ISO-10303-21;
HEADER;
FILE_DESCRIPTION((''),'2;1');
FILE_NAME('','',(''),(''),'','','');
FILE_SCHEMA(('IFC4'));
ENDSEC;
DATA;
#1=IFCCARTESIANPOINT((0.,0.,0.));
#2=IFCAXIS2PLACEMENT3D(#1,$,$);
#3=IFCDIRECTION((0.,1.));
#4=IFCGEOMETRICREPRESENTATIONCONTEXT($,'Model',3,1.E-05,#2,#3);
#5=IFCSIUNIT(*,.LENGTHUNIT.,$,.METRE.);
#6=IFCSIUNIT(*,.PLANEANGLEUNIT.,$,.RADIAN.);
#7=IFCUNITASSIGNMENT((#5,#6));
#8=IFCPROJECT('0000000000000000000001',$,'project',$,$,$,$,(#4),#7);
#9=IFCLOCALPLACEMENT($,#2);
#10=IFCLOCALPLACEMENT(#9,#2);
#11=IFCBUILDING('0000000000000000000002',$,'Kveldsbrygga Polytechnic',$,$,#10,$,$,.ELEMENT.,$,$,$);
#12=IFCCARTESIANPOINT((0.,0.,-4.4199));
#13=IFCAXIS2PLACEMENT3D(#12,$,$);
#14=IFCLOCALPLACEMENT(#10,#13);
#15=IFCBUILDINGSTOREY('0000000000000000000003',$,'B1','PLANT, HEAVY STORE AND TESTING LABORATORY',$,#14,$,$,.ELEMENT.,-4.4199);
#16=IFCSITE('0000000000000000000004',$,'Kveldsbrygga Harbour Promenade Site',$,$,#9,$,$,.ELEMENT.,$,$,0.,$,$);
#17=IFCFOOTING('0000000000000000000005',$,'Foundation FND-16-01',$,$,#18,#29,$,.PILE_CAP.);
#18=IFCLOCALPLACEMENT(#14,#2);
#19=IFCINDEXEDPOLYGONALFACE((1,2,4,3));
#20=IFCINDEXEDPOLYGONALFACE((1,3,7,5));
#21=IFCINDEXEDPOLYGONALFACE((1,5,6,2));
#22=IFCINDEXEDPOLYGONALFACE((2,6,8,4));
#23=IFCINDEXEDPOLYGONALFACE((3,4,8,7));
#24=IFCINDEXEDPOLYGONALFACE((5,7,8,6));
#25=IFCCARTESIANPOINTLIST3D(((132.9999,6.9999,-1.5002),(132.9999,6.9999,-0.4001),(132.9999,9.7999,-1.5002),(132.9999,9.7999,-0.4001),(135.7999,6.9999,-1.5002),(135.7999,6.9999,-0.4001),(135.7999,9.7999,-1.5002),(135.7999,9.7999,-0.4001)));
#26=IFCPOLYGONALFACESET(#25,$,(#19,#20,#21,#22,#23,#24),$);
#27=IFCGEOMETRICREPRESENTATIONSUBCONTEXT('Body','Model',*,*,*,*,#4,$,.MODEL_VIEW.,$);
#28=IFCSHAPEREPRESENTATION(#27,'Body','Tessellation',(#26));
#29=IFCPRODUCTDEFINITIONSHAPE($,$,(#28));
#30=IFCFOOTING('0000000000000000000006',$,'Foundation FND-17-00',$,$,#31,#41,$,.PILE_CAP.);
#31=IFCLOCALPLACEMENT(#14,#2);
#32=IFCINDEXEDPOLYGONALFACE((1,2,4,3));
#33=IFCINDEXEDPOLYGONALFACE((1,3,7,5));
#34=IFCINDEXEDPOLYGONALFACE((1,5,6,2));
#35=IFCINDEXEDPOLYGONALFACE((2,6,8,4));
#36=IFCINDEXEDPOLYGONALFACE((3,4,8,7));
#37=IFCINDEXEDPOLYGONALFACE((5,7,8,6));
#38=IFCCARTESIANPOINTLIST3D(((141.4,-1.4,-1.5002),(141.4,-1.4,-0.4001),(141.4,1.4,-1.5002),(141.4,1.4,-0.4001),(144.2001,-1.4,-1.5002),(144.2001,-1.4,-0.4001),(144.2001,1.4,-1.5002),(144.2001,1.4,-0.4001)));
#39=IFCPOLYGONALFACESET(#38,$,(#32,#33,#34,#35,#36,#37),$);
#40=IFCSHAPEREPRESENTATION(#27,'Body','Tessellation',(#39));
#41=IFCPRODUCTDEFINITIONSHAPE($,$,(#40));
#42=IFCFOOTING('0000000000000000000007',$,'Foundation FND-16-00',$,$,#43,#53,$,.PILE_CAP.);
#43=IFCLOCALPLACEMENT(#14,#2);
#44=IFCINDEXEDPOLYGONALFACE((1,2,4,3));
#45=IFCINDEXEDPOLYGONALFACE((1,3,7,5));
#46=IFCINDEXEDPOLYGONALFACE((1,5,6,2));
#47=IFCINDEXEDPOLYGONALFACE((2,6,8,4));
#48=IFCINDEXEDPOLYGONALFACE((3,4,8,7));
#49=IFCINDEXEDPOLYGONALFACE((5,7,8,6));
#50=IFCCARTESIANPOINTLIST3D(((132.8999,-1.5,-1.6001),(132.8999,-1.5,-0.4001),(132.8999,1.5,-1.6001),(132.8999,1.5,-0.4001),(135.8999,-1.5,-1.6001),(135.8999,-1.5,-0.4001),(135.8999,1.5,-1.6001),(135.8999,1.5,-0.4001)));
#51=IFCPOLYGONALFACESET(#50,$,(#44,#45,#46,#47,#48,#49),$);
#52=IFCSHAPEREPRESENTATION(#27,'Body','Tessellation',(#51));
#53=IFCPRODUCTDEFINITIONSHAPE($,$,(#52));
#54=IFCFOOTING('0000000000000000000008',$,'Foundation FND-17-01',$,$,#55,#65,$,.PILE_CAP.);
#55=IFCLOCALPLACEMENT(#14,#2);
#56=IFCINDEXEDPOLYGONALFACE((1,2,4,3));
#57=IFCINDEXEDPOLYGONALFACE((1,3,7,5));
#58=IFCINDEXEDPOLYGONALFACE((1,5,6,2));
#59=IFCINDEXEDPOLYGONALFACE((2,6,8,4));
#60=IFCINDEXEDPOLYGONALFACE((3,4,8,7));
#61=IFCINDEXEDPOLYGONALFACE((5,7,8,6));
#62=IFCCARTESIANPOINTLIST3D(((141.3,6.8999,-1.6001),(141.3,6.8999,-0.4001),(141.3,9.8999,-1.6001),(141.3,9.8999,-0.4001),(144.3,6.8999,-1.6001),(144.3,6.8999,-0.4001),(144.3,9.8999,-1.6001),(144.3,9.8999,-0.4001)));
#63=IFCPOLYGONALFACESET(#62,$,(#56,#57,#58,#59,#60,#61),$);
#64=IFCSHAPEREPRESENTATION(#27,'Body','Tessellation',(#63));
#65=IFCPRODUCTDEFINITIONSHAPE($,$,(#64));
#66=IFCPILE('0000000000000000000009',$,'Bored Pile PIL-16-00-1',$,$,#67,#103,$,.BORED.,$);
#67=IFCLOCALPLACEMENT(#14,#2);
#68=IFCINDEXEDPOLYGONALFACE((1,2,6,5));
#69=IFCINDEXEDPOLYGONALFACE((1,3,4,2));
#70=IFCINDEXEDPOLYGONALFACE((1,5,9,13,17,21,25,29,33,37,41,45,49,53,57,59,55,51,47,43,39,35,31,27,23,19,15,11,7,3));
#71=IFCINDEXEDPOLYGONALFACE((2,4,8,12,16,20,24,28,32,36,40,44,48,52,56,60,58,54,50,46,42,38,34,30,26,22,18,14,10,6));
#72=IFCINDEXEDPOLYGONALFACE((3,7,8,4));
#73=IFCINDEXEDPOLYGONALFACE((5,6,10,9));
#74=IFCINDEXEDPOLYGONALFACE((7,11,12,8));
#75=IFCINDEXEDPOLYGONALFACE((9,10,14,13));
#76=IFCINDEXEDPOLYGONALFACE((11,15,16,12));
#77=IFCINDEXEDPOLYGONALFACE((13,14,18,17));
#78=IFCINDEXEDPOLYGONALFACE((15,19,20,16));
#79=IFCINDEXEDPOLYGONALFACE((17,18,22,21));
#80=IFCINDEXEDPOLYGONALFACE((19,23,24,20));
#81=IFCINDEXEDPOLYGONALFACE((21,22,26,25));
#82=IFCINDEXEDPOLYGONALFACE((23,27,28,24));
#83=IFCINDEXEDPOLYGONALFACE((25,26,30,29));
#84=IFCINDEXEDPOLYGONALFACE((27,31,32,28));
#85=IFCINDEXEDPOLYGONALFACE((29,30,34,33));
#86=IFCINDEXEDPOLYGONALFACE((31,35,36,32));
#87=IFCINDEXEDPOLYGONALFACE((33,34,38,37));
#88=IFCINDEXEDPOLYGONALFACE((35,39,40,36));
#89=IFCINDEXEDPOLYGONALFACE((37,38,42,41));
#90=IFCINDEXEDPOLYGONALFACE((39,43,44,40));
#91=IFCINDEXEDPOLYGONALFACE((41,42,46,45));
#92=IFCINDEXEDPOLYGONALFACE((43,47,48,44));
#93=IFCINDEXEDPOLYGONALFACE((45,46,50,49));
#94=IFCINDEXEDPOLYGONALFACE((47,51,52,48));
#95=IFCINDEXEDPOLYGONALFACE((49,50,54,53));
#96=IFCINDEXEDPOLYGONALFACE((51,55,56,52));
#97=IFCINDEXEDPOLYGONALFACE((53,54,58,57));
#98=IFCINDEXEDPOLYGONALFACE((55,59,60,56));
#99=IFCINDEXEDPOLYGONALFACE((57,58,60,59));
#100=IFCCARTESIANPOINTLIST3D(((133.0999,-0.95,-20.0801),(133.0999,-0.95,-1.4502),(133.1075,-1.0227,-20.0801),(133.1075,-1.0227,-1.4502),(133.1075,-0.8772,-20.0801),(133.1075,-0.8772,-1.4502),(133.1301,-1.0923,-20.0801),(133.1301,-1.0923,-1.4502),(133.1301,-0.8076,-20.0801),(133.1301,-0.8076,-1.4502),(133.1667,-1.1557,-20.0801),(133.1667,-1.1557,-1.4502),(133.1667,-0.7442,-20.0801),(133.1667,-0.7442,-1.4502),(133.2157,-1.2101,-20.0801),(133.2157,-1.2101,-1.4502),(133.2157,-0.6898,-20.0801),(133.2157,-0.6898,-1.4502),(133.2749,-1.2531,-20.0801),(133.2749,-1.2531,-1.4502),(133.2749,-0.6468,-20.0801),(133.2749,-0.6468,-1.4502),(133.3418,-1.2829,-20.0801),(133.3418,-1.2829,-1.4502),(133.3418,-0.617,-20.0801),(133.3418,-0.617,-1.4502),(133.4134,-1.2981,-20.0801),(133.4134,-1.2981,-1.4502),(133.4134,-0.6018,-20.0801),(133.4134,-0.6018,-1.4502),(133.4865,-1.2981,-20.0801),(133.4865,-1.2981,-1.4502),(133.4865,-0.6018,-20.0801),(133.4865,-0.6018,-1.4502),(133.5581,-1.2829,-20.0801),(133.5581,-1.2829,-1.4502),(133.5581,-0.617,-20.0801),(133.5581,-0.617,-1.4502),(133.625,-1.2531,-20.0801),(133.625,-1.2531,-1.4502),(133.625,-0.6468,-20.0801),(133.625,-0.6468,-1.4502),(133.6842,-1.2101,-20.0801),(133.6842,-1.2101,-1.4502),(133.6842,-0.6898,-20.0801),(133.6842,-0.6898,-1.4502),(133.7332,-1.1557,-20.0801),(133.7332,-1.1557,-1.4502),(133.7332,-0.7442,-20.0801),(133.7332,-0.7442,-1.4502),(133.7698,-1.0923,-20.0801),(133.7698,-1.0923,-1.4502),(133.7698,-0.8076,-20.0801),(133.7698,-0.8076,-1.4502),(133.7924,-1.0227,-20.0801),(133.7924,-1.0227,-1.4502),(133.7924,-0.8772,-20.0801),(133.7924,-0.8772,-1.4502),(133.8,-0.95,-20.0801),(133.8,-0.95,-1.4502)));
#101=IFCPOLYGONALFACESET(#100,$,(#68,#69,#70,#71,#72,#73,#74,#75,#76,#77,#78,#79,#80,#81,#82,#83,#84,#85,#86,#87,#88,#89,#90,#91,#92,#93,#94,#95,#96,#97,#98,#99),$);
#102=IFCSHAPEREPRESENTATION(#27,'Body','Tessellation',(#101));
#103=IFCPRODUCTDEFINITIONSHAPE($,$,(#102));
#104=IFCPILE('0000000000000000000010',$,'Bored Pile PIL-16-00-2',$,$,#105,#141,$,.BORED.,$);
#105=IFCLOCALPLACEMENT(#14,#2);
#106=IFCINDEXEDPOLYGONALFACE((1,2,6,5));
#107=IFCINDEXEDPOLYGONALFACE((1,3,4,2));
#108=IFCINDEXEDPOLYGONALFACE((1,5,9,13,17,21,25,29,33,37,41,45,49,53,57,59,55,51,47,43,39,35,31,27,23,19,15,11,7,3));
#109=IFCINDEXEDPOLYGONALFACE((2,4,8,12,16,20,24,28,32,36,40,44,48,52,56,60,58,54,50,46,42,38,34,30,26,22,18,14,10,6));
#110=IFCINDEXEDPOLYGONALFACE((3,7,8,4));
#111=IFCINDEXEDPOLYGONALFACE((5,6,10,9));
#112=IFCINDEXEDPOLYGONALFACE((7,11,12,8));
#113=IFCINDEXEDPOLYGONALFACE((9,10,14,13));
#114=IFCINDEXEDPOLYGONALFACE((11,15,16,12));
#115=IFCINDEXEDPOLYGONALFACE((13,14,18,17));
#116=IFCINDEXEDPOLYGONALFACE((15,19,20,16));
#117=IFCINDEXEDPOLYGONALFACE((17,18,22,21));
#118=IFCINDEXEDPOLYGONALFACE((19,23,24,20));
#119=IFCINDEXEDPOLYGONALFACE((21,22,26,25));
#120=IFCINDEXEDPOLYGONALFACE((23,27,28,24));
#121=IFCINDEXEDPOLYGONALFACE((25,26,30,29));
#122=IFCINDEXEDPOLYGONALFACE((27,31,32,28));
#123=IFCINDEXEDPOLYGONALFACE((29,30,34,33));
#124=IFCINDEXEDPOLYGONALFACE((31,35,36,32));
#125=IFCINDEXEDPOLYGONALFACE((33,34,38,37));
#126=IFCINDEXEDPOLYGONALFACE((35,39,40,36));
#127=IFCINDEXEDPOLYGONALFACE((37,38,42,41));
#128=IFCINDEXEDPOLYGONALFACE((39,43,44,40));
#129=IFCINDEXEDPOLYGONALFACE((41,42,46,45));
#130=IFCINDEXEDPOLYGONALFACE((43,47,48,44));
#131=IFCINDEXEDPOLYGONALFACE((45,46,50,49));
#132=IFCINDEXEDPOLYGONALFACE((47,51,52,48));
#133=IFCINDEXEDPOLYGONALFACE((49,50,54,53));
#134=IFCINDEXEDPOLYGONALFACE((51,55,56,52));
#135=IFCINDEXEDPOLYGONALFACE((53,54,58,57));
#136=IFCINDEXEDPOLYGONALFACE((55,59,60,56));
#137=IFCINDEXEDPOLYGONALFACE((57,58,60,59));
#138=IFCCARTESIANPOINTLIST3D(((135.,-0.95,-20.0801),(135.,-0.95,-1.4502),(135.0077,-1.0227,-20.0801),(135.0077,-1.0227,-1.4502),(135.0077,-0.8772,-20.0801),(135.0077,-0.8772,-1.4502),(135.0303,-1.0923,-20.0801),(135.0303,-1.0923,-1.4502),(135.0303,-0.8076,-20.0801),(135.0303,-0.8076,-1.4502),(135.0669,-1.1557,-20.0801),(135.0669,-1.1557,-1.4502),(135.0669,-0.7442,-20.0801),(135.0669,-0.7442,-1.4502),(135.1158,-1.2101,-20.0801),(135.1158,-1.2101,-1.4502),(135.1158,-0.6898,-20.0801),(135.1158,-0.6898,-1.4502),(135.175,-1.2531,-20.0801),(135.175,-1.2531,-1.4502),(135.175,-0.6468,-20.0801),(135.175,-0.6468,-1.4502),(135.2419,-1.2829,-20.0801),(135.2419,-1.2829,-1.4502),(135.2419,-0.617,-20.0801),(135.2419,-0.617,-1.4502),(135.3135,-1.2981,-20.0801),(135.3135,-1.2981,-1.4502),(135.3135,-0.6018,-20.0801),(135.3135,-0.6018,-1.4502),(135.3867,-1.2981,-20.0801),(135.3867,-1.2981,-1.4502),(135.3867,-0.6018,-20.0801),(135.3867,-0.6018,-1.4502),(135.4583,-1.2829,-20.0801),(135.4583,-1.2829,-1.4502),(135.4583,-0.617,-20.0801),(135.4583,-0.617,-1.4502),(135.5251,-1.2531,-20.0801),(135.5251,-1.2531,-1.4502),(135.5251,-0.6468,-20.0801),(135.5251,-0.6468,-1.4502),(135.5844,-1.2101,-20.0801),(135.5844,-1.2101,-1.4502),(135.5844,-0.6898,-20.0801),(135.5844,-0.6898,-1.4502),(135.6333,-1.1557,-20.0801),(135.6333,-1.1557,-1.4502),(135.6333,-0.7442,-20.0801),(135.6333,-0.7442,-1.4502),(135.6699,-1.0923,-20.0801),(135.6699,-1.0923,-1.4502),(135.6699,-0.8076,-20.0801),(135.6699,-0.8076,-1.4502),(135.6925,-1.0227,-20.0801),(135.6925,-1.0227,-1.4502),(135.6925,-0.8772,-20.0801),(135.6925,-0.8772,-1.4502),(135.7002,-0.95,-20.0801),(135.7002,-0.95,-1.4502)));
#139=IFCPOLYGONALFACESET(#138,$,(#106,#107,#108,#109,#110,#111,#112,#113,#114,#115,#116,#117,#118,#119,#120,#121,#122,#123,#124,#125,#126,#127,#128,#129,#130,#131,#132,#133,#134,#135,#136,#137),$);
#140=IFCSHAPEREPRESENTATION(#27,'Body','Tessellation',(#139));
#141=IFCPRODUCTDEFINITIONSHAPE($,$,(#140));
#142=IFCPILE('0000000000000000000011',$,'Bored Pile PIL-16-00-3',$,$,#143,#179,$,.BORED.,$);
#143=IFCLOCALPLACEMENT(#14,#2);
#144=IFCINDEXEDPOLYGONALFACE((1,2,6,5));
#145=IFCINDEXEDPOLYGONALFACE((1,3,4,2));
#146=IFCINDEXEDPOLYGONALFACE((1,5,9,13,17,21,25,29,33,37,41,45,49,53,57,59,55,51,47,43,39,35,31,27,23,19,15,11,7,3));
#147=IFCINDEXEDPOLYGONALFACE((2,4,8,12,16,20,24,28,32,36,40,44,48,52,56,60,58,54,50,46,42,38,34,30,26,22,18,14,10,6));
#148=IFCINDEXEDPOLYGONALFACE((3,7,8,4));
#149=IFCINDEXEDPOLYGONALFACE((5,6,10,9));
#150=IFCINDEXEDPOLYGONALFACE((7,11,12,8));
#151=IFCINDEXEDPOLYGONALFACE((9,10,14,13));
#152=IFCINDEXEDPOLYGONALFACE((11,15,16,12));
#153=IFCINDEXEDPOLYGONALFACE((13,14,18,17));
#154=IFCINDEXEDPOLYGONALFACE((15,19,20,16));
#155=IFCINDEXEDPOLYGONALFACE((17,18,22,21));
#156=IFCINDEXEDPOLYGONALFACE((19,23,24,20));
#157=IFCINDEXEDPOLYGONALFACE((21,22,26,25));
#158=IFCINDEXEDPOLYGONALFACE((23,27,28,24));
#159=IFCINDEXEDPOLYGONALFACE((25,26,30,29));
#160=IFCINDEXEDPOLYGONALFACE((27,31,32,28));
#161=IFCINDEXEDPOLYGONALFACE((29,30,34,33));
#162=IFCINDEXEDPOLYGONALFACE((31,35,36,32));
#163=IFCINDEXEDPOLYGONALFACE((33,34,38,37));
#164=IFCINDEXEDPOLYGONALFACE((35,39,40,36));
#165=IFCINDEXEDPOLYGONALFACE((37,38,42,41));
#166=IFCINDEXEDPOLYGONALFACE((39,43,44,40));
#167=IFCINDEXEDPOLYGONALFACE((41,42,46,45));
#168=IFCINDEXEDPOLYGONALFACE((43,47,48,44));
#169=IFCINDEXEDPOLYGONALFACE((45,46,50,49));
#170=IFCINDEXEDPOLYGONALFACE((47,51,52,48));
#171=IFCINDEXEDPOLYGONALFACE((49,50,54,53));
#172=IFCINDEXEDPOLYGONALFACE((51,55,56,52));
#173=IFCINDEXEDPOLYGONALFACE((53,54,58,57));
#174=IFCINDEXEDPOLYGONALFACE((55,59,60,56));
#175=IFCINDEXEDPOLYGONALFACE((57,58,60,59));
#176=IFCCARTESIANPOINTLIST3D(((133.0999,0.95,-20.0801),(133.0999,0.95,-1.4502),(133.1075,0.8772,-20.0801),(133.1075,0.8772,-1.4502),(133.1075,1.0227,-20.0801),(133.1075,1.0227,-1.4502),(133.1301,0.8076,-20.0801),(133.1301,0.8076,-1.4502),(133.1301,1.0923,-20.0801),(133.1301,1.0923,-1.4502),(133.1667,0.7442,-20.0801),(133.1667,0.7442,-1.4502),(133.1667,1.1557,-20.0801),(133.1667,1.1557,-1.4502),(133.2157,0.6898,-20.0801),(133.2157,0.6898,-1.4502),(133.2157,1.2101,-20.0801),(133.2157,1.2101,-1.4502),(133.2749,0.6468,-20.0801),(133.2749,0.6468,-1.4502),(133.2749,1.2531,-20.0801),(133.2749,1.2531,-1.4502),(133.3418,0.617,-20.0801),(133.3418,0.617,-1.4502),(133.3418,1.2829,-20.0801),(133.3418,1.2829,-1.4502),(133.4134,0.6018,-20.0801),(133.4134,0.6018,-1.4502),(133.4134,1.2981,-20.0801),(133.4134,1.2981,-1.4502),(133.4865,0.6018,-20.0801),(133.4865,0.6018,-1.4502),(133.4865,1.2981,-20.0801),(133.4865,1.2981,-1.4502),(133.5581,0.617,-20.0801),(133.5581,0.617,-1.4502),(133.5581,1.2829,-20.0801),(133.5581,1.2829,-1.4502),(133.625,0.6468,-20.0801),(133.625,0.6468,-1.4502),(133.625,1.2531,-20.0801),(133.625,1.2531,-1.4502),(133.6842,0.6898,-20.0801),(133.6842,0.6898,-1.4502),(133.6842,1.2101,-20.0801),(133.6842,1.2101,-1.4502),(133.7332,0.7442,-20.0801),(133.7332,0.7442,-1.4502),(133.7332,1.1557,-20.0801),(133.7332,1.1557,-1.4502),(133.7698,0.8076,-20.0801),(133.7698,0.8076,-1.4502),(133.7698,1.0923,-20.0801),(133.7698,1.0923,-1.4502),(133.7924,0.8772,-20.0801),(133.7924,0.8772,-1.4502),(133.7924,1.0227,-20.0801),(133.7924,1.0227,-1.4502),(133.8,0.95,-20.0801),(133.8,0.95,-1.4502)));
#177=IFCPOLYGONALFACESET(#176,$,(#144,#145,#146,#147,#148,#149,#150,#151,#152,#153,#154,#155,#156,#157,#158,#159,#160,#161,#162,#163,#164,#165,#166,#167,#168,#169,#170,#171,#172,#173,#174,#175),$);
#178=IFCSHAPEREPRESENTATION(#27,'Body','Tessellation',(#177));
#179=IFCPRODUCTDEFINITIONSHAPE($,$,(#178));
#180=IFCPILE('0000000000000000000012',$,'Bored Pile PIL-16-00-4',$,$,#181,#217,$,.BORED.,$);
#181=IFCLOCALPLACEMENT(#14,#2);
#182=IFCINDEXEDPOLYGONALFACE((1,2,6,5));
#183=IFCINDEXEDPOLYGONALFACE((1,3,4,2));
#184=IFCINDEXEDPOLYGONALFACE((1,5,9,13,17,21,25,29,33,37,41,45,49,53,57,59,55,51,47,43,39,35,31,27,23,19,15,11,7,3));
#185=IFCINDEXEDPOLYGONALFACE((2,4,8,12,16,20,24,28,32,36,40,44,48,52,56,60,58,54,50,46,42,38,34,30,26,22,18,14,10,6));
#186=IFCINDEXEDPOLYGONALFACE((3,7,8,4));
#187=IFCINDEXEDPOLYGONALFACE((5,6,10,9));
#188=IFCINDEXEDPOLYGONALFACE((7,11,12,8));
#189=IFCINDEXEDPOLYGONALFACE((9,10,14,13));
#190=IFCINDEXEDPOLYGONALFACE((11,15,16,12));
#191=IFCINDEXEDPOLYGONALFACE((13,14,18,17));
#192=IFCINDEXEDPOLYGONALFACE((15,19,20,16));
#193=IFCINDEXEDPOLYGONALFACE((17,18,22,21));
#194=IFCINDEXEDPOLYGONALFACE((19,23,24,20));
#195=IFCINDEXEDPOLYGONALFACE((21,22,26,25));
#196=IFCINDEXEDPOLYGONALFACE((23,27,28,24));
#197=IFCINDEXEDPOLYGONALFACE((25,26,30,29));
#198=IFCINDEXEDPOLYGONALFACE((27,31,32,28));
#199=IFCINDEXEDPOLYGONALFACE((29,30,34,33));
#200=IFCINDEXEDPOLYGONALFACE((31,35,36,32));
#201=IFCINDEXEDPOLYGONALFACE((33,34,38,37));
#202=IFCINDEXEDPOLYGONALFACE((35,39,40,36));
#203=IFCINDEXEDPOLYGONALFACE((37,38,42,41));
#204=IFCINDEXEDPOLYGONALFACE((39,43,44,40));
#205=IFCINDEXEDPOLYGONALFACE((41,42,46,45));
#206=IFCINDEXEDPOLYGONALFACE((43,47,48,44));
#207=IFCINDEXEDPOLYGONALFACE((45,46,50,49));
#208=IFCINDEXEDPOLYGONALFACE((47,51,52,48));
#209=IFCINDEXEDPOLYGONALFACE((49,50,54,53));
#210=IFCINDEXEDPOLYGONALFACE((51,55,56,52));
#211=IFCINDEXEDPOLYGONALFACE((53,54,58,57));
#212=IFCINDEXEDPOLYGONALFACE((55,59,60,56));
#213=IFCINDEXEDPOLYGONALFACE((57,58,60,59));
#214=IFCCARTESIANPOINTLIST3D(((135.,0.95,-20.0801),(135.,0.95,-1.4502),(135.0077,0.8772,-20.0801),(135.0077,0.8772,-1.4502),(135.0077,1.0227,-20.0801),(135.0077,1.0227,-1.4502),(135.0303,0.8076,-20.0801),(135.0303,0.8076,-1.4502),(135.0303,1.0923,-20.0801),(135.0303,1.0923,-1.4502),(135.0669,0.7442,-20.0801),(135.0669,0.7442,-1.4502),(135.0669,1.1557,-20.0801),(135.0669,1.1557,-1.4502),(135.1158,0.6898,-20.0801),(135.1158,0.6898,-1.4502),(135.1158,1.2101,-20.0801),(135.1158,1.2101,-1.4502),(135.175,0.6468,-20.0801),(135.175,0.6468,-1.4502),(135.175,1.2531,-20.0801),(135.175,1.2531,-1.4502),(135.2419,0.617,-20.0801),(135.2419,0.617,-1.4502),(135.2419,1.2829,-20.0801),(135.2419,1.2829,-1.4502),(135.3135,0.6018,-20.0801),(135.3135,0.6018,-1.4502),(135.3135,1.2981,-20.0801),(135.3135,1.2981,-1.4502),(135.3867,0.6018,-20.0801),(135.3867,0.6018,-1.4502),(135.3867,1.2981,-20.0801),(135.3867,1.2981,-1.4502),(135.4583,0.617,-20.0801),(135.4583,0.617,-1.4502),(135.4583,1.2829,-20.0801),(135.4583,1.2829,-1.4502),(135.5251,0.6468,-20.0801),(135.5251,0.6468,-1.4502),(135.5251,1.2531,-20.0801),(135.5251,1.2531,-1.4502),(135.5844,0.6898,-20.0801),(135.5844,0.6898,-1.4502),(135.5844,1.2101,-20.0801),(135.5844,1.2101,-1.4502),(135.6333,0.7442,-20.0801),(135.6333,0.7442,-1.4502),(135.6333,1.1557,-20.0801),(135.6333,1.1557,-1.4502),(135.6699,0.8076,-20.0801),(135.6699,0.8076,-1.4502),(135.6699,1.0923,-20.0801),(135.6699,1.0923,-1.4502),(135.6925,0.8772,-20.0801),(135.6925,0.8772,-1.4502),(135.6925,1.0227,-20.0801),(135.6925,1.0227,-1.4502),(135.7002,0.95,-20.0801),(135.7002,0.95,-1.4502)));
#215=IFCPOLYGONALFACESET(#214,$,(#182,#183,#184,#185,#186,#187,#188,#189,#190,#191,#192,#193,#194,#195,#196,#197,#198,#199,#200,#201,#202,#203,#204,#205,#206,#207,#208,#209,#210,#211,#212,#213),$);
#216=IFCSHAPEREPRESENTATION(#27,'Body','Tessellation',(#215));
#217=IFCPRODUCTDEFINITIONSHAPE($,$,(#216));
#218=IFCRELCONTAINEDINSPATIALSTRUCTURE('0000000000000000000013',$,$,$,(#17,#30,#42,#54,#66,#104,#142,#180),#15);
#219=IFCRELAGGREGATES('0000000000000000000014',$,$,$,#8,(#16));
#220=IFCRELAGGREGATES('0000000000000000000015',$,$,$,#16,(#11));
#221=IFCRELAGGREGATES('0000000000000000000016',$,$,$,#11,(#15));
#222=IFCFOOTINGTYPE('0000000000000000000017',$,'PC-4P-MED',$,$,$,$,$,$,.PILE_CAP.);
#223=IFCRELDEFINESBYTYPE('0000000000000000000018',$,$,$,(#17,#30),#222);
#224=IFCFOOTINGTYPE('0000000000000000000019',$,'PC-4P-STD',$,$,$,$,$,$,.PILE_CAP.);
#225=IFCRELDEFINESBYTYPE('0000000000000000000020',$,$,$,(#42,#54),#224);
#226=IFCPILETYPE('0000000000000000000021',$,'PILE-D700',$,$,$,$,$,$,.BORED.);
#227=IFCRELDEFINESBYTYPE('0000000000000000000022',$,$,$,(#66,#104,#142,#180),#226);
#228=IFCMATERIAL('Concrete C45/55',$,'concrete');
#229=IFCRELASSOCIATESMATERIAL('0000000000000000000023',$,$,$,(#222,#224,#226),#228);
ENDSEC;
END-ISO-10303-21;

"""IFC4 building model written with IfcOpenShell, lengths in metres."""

from ifc_helpers import new_model, si_unit, direction, frame, origin, origin_2d, place, context, subcontext, project, spatial, rectangle, circle, extrude, material, material_profile, profile_set, type_object, element, save


model = new_model("IFC4")

# Units and contexts
model_context = context("Model", 3, precision=1e-05, world=origin(), true_north=direction((0.0, 1.0)))
body_context = subcontext(model_context, "Body", "Model", "MODEL_VIEW")
ifc_project = project(units=[si_unit("LENGTHUNIT", "METRE"), si_unit("PLANEANGLEUNIT", "RADIAN")], contexts=[model_context])

# Site, building, storey
site_placement = place(None, origin())
site = spatial("IfcSite", under=ifc_project, at=site_placement, Name="Kveldsbrygga Harbour Promenade Site", CompositionType="ELEMENT", RefElevation=0.0)
building_placement = place(site_placement, origin())
building = spatial("IfcBuilding", under=site, at=building_placement, Name="Kveldsbrygga Polytechnic", CompositionType="ELEMENT")
storey_placement = place(building_placement, frame((0.0, 0.0, -4.4199)))
storey = spatial("IfcBuildingStorey", under=building, at=storey_placement, Name="B1", Description="PLANT, HEAVY STORE AND TESTING LABORATORY", CompositionType="ELEMENT", Elevation=-4.4199)

# Footings
ifc_material_1 = material(Name="Concrete C45/55", Category="concrete")
footing_type_1 = type_object("IfcFootingType", Name="PC-4P-MED", PredefinedType="PILE_CAP", material=ifc_material_1)
for number, where, z_axis, x_axis, name in (
    (1, (134.3999, 8.3999, -1.5002), (0.0, 0.0, 1.0), (1.0, 0.0, 0.0), "Foundation FND-16-01"),
    (2, (142.8, 0.0, -1.5002), (0.0, 0.0, 1.0), (1.0, 0.0, 0.0), "Foundation FND-17-00"),
):
    element("IfcFooting", number, at=place(storey_placement, frame(where, z_axis=z_axis, x_axis=x_axis)), inside=storey, type_object=footing_type_1, Name=name, PredefinedType="PILE_CAP", context=body_context, shape_type="SweptSolid", body=[
        extrude(rectangle(XDim=2.8, YDim=2.8, at=origin_2d()), origin(), (0.0, 0.0, 1.0), 1.1001),
    ])
footing_type_2 = type_object("IfcFootingType", Name="PC-4P-STD", PredefinedType="PILE_CAP", material=ifc_material_1)
for number, where, z_axis, x_axis, name in (
    (3, (134.3999, 0.0, -1.6001), (0.0, 0.0, 1.0), (1.0, 0.0, 0.0), "Foundation FND-16-00"),
    (4, (142.8, 8.3999, -1.6001), (0.0, 0.0, 1.0), (1.0, 0.0, 0.0), "Foundation FND-17-01"),
):
    element("IfcFooting", number, at=place(storey_placement, frame(where, z_axis=z_axis, x_axis=x_axis)), inside=storey, type_object=footing_type_2, Name=name, PredefinedType="PILE_CAP", context=body_context, shape_type="SweptSolid", body=[
        extrude(rectangle(XDim=3.0, YDim=3.0, at=origin_2d()), origin(), (0.0, 0.0, 1.0), 1.2),
    ])

# Piles
ifc_material_profile_1 = material_profile(ifc_material_1, circle(Radius=0.3501, at=origin_2d()), Name="PILE D700")
ifc_profile_set_1 = profile_set([ifc_material_profile_1], Name="Concrete C45/55")
pile_type = type_object("IfcPileType", Name="PILE-D700", PredefinedType="BORED", material=ifc_profile_set_1)
for number, where, z_axis, x_axis, name in (
    (5, (133.45, -0.95, -1.4502), (0.0, 0.0, -1.0), (1.0, 0.0, 0.0), "Bored Pile PIL-16-00-1"),
    (6, (135.3501, -0.95, -1.4502), (0.0, 0.0, -1.0), (1.0, 0.0, 0.0), "Bored Pile PIL-16-00-2"),
    (7, (133.45, 0.95, -1.4502), (0.0, 0.0, -1.0), (1.0, 0.0, 0.0), "Bored Pile PIL-16-00-3"),
    (8, (135.3501, 0.95, -1.4502), (0.0, 0.0, -1.0), (1.0, 0.0, 0.0), "Bored Pile PIL-16-00-4"),
):
    element("IfcPile", number, at=place(storey_placement, frame(where, z_axis=z_axis, x_axis=x_axis)), inside=storey, type_object=pile_type, Name=name, PredefinedType="BORED", context=body_context, shape_type="SweptSolid", body=[
        extrude(circle(Radius=0.3501, at=origin_2d()), origin(), (0.0, 0.0, 1.0), 18.6299),
    ])

save(model, "model.ifc")
